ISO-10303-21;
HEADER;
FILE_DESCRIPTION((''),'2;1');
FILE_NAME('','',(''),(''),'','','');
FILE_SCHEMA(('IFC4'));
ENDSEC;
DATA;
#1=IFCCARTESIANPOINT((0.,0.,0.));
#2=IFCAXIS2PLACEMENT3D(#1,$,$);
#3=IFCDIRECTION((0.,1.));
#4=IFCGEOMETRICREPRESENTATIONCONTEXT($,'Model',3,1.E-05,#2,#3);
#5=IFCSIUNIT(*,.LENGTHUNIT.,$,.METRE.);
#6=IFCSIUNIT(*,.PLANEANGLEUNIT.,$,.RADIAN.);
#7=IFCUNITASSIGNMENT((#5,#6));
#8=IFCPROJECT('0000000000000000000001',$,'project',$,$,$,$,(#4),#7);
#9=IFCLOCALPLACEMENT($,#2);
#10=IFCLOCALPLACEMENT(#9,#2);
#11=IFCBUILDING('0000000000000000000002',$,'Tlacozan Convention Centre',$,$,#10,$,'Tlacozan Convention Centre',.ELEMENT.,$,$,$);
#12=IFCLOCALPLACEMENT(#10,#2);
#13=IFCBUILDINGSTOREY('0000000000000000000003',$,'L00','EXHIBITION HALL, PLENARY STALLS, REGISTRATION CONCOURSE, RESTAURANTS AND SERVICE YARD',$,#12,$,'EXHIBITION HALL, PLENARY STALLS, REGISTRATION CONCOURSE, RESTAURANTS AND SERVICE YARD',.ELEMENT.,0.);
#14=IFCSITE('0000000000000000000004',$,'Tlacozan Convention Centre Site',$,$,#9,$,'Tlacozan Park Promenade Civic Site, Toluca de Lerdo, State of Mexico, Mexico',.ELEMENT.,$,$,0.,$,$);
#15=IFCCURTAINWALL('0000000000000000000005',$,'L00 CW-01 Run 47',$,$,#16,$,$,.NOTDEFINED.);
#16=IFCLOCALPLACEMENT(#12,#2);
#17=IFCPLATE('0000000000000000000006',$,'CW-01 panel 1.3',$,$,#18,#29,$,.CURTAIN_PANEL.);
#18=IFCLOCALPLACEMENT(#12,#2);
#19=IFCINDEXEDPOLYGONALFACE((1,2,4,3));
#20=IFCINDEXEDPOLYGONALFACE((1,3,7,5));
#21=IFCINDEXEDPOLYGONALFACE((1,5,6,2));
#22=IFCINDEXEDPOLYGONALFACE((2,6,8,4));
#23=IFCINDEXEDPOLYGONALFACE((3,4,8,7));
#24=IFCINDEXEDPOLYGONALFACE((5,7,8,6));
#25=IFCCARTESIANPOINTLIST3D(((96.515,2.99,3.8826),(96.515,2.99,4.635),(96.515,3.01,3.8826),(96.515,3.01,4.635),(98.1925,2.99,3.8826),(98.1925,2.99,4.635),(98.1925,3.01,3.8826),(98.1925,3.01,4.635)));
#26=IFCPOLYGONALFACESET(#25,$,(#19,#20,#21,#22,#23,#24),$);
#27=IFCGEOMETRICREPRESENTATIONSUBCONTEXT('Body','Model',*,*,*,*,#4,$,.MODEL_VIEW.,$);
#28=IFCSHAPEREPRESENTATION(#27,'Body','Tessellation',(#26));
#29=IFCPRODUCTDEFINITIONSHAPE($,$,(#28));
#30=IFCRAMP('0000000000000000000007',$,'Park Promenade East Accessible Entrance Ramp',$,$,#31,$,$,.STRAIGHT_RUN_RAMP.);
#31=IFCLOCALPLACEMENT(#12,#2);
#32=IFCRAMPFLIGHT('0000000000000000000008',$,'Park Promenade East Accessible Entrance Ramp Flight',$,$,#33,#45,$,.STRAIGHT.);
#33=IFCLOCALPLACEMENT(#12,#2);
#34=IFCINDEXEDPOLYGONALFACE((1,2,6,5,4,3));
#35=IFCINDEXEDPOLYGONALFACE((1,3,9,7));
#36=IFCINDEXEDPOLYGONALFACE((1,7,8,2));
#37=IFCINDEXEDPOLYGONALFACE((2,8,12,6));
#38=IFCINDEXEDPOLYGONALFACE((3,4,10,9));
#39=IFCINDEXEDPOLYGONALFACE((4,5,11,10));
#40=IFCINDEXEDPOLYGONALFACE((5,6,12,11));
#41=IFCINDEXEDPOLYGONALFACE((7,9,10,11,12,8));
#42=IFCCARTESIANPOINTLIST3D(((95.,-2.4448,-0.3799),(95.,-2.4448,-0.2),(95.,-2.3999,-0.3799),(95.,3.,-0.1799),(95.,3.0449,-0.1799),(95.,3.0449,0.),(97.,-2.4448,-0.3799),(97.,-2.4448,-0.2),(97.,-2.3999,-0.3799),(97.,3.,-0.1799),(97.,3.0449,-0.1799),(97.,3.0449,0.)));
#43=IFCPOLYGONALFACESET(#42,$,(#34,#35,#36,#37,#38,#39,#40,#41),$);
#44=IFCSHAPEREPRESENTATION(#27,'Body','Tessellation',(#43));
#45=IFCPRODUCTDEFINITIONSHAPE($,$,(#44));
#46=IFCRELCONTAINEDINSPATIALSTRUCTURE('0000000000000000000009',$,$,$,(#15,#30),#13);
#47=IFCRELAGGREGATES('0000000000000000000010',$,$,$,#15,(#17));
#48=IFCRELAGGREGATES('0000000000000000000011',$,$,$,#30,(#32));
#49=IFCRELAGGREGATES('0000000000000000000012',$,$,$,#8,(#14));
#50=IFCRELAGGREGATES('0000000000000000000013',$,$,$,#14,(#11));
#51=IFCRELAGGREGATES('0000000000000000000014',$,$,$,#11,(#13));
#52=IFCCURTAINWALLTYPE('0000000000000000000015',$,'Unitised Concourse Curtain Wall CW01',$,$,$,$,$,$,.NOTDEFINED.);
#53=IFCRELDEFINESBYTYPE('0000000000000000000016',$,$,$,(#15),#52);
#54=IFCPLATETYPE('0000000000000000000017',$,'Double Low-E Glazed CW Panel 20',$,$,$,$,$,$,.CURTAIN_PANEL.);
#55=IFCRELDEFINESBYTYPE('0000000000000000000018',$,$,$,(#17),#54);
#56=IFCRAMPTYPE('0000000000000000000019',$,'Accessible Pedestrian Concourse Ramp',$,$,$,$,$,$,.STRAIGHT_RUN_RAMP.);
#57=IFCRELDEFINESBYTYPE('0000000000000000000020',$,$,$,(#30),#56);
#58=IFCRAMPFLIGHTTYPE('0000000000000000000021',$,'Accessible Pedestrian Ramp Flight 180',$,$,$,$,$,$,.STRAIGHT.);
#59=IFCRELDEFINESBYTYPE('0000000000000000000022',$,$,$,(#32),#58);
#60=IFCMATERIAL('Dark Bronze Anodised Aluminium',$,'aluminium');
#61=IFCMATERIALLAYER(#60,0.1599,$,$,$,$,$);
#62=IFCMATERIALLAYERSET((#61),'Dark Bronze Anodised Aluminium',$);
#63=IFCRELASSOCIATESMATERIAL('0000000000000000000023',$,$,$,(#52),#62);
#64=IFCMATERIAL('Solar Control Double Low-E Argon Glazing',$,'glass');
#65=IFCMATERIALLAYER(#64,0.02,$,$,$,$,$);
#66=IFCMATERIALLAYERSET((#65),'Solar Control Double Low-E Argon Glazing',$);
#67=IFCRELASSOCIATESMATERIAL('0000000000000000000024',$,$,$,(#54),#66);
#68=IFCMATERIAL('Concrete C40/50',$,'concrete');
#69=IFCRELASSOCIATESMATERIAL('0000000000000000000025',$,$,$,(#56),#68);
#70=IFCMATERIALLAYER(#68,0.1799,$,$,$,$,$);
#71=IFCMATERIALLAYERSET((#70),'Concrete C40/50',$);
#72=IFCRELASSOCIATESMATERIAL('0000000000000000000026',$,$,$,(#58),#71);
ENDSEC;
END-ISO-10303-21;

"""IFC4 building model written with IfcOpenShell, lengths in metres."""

from ifc_helpers import new_model, si_unit, direction, frame, origin, origin_2d, place, context, subcontext, project, spatial, polyline, rectangle, outline, extrude, material, layer, layer_set, type_object, element, aggregate, save


model = new_model("IFC4")

# Units and contexts
model_context = context("Model", 3, precision=1e-05, world=origin(), true_north=direction((0.0, 1.0)))
body_context = subcontext(model_context, "Body", "Model", "MODEL_VIEW")
ifc_project = project(units=[si_unit("LENGTHUNIT", "METRE"), si_unit("PLANEANGLEUNIT", "RADIAN")], contexts=[model_context])

# Site, building, storey
site_placement = place(None, origin())
site = spatial("IfcSite", under=ifc_project, at=site_placement, Name="Tlacozan Convention Centre Site", LongName="Tlacozan Park Promenade Civic Site, Toluca de Lerdo, State of Mexico, Mexico", CompositionType="ELEMENT", RefElevation=0.0)
building_placement = place(site_placement, origin())
building = spatial("IfcBuilding", under=site, at=building_placement, Name="Tlacozan Convention Centre", LongName="Tlacozan Convention Centre", CompositionType="ELEMENT")
storey_placement = place(building_placement, origin())
storey = spatial("IfcBuildingStorey", under=building, at=storey_placement, Name="L00", Description="EXHIBITION HALL, PLENARY STALLS, REGISTRATION CONCOURSE, RESTAURANTS AND SERVICE YARD", LongName="EXHIBITION HALL, PLENARY STALLS, REGISTRATION CONCOURSE, RESTAURANTS AND SERVICE YARD", CompositionType="ELEMENT", Elevation=0.0)

# Shared definitions
ifc_material_1 = material(Name="Concrete C40/50", Category="concrete")

# Curtain wall
ifc_material_2 = material(Name="Dark Bronze Anodised Aluminium", Category="aluminium")
ifc_layer_1 = layer(ifc_material_2, 0.1599)
ifc_layer_set_1 = layer_set([ifc_layer_1], Name="Dark Bronze Anodised Aluminium")
curtain_wall_type = type_object("IfcCurtainWallType", Name="Unitised Concourse Curtain Wall CW01", PredefinedType="NOTDEFINED", material=ifc_layer_set_1)
curtain_wall_1_placement = place(storey_placement, origin())
curtain_wall_1 = element("IfcCurtainWall", 1, at=curtain_wall_1_placement, inside=storey, type_object=curtain_wall_type, Name="L00 CW-01 Run 47", PredefinedType="NOTDEFINED")

# Plate
ifc_material_3 = material(Name="Solar Control Double Low-E Argon Glazing", Category="glass")
ifc_layer_2 = layer(ifc_material_3, 0.02)
ifc_layer_set_2 = layer_set([ifc_layer_2], Name="Solar Control Double Low-E Argon Glazing")
plate_type = type_object("IfcPlateType", Name="Double Low-E Glazed CW Panel 20", PredefinedType="CURTAIN_PANEL", material=ifc_layer_set_2)
plate_1_placement = place(storey_placement, frame((97.3538, 3.0, 3.8826), z_axis=(0.0, 0.0, 1.0), x_axis=(1.0, 0.0, 0.0)))
plate_1 = element("IfcPlate", 2, at=plate_1_placement, type_object=plate_type, Name="CW-01 panel 1.3", PredefinedType="CURTAIN_PANEL", context=body_context, shape_type="SweptSolid", body=[
    extrude(rectangle(XDim=1.6775, YDim=0.02, at=origin_2d()), origin(), (0.0, 0.0, 1.0), 0.7524),
])
aggregate(curtain_wall_1, [plate_1])

# Ramp, ramp flight
ramp_type = type_object("IfcRampType", Name="Accessible Pedestrian Concourse Ramp", PredefinedType="STRAIGHT_RUN_RAMP", material=ifc_material_1)
ramp_placement = place(storey_placement, origin())
ramp = element("IfcRamp", 3, at=ramp_placement, inside=storey, type_object=ramp_type, Name="Park Promenade East Accessible Entrance Ramp", PredefinedType="STRAIGHT_RUN_RAMP")
ifc_layer_3 = layer(ifc_material_1, 0.1799)
ifc_layer_set_3 = layer_set([ifc_layer_3], Name="Concrete C40/50")
ramp_flight_type = type_object("IfcRampFlightType", Name="Accessible Pedestrian Ramp Flight 180", PredefinedType="STRAIGHT", material=ifc_layer_set_3)
ramp_flight_placement = place(storey_placement, frame((96.0, -2.3999, -0.2), z_axis=(0.0, 0.0, 1.0), x_axis=(0.0, 1.0, 0.0)))
ramp_flight = element("IfcRampFlight", 4, at=ramp_flight_placement, type_object=ramp_flight_type, Name="Park Promenade East Accessible Entrance Ramp Flight", PredefinedType="STRAIGHT", context=body_context, shape_type="SweptSolid", body=[
    extrude(outline(polyline([(-0.0449, 0.0), (-0.0449, -0.1799), (0.0, -0.1799), (5.3999, 0.02), (5.4448, 0.02), (5.4448, 0.2), (-0.0449, 0.0)])), frame((0.0, 1.0, 0.0), z_axis=(0.0, -1.0, 0.0), x_axis=(1.0, 0.0, 0.0)), (0.0, 0.0, 1.0), 2.0),
])
aggregate(ramp, [ramp_flight])

save(model, "model.ifc")
